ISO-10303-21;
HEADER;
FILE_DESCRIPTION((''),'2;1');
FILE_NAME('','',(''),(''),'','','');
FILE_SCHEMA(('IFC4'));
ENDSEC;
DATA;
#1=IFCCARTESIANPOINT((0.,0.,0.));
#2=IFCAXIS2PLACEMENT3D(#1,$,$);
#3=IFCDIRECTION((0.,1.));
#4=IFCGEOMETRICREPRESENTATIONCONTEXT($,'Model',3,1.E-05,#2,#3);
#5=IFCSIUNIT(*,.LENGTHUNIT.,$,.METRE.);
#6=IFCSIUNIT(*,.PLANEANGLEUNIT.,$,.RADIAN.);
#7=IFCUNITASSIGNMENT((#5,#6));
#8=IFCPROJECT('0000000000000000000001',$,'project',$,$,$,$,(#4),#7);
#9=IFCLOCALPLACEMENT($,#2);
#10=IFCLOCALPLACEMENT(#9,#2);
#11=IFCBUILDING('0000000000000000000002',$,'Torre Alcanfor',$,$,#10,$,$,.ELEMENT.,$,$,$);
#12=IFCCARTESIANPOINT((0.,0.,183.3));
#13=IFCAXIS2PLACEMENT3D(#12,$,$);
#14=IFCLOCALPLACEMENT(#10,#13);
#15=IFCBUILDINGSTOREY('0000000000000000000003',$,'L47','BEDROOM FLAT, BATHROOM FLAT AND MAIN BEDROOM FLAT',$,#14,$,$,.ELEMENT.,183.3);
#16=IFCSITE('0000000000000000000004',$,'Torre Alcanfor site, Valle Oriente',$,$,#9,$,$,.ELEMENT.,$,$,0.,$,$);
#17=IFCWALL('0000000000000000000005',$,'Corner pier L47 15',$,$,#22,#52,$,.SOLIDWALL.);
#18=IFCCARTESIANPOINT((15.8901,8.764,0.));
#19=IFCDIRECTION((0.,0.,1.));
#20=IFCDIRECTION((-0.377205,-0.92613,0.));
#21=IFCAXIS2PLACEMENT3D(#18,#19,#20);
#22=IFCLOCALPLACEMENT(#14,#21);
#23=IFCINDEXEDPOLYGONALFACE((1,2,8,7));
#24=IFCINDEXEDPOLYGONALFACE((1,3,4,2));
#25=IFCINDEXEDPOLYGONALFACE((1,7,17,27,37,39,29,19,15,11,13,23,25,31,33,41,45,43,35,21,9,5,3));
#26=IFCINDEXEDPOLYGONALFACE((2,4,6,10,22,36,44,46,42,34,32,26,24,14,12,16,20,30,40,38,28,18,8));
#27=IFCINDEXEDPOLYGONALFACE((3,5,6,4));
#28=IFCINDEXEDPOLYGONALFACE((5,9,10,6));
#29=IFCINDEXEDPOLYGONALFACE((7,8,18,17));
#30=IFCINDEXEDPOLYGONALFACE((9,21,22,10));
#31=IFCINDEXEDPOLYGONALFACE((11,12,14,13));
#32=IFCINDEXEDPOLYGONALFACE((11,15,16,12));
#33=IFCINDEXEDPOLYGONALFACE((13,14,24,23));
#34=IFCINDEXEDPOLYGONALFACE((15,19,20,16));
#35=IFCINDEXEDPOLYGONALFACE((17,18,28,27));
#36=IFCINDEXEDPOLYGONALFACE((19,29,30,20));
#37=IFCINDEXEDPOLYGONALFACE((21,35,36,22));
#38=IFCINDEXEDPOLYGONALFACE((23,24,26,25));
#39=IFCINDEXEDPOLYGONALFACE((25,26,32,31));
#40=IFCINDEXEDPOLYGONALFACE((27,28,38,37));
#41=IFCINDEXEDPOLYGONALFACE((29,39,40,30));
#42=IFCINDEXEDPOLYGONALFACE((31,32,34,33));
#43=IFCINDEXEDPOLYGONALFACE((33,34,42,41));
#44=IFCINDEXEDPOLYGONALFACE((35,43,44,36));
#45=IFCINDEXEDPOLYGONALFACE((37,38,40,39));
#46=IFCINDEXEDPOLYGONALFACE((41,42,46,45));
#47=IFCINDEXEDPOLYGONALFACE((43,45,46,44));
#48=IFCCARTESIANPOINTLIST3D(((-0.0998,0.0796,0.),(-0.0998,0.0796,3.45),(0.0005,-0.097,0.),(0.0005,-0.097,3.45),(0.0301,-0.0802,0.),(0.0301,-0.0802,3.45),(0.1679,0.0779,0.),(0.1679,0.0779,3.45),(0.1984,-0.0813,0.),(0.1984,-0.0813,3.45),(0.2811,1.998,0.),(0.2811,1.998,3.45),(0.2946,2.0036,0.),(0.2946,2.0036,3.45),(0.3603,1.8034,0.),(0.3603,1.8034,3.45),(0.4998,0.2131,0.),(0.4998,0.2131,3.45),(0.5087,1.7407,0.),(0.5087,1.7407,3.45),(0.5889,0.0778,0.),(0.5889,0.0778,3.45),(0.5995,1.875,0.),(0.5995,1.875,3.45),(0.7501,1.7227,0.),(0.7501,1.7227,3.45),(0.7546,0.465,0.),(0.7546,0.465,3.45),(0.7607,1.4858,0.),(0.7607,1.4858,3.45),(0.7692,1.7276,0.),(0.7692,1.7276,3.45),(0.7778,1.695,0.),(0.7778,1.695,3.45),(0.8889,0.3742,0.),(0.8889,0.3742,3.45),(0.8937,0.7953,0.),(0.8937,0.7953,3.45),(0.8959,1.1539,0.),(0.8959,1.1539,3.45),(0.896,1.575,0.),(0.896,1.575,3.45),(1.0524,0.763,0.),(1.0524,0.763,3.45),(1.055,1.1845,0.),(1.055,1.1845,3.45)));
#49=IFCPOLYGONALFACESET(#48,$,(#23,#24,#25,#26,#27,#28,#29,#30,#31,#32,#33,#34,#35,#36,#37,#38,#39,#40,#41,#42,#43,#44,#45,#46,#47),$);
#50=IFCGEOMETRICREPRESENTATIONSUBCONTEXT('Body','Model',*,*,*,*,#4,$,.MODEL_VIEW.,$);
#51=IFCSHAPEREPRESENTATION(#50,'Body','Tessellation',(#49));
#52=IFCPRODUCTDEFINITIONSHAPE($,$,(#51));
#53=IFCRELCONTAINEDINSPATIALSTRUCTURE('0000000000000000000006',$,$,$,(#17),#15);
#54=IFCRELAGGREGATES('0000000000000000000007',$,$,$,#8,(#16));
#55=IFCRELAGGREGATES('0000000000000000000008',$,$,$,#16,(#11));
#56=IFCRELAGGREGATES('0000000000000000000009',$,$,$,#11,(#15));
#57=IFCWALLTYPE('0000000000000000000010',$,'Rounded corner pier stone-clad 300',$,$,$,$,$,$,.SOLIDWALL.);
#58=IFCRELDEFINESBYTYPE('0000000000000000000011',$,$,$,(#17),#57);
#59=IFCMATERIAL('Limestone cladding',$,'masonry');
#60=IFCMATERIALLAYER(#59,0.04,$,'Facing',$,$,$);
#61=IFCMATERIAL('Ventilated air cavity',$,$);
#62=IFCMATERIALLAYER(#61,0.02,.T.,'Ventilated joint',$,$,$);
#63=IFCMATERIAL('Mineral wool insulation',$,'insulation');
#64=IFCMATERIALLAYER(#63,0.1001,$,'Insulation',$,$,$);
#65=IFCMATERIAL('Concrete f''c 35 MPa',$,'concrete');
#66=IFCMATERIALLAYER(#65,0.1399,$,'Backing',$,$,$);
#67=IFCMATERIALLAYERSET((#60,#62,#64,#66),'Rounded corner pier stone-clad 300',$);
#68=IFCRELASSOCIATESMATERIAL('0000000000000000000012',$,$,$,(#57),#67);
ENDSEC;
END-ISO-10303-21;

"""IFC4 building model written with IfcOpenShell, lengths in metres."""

from ifc_helpers import new_model, si_unit, direction, frame, origin, place, context, subcontext, project, spatial, polyline, outline, extrude, material, layer, layer_set, type_object, element, save


model = new_model("IFC4")

# Units and contexts
model_context = context("Model", 3, precision=1e-05, world=origin(), true_north=direction((0.0, 1.0)))
body_context = subcontext(model_context, "Body", "Model", "MODEL_VIEW")
ifc_project = project(units=[si_unit("LENGTHUNIT", "METRE"), si_unit("PLANEANGLEUNIT", "RADIAN")], contexts=[model_context])

# Site, building, storey
site_placement = place(None, origin())
site = spatial("IfcSite", under=ifc_project, at=site_placement, Name="Torre Alcanfor site, Valle Oriente", CompositionType="ELEMENT", RefElevation=0.0)
building_placement = place(site_placement, origin())
building = spatial("IfcBuilding", under=site, at=building_placement, Name="Torre Alcanfor", CompositionType="ELEMENT")
storey_placement = place(building_placement, frame((0.0, 0.0, 183.3)))
storey = spatial("IfcBuildingStorey", under=building, at=storey_placement, Name="L47", Description="BEDROOM FLAT, BATHROOM FLAT AND MAIN BEDROOM FLAT", CompositionType="ELEMENT", Elevation=183.3)

# Shared definitions
ifc_material_1 = material(Name="Limestone cladding", Category="masonry")
ifc_material_2 = material(Name="Ventilated air cavity")
ifc_material_3 = material(Name="Mineral wool insulation", Category="insulation")
ifc_material_4 = material(Name="Concrete f'c 35 MPa", Category="concrete")

# Wall
ifc_layer_1 = layer(ifc_material_1, 0.04, Name="Facing")
ifc_layer_2 = layer(ifc_material_2, 0.02, ventilated=True, Name="Ventilated joint")
ifc_layer_3 = layer(ifc_material_3, 0.1001, Name="Insulation")
ifc_layer_4 = layer(ifc_material_4, 0.1399, Name="Backing")
ifc_layer_set_1 = layer_set([ifc_layer_1, ifc_layer_2, ifc_layer_3, ifc_layer_4], Name="Rounded corner pier stone-clad 300")
wall_type_1 = type_object("IfcWallType", Name="Rounded corner pier stone-clad 300", PredefinedType="SOLIDWALL", material=ifc_layer_set_1)
wall_1_placement = place(storey_placement, frame((15.8901, 8.764, 0.0), z_axis=(0.0, 0.0, 1.0), x_axis=(-0.377205, -0.92613, 0.0)))
element("IfcWall", 1, at=wall_1_placement, inside=storey, type_object=wall_type_1, Name="Corner pier L47 15", PredefinedType="SOLIDWALL", context=body_context, shape_type="SweptSolid", body=[
    extrude(outline(polyline([(0.3603, 1.8034), (0.5087, 1.7407), (0.7607, 1.4858), (0.8959, 1.1539), (0.8937, 0.7953), (0.7546, 0.465), (0.4998, 0.2131), (0.1679, 0.0779), (-0.0998, 0.0796), (0.0005, -0.097), (0.0301, -0.0802), (0.1984, -0.0813), (0.5889, 0.0778), (0.8889, 0.3742), (1.0524, 0.763), (1.055, 1.1845), (0.896, 1.575), (0.7778, 1.695), (0.7692, 1.7276), (0.7501, 1.7227), (0.5995, 1.875), (0.2946, 2.0036), (0.2811, 1.998), (0.3603, 1.8034)])), origin(), (0.0, 0.0, 1.0), 3.45),
])

save(model, "model.ifc")
